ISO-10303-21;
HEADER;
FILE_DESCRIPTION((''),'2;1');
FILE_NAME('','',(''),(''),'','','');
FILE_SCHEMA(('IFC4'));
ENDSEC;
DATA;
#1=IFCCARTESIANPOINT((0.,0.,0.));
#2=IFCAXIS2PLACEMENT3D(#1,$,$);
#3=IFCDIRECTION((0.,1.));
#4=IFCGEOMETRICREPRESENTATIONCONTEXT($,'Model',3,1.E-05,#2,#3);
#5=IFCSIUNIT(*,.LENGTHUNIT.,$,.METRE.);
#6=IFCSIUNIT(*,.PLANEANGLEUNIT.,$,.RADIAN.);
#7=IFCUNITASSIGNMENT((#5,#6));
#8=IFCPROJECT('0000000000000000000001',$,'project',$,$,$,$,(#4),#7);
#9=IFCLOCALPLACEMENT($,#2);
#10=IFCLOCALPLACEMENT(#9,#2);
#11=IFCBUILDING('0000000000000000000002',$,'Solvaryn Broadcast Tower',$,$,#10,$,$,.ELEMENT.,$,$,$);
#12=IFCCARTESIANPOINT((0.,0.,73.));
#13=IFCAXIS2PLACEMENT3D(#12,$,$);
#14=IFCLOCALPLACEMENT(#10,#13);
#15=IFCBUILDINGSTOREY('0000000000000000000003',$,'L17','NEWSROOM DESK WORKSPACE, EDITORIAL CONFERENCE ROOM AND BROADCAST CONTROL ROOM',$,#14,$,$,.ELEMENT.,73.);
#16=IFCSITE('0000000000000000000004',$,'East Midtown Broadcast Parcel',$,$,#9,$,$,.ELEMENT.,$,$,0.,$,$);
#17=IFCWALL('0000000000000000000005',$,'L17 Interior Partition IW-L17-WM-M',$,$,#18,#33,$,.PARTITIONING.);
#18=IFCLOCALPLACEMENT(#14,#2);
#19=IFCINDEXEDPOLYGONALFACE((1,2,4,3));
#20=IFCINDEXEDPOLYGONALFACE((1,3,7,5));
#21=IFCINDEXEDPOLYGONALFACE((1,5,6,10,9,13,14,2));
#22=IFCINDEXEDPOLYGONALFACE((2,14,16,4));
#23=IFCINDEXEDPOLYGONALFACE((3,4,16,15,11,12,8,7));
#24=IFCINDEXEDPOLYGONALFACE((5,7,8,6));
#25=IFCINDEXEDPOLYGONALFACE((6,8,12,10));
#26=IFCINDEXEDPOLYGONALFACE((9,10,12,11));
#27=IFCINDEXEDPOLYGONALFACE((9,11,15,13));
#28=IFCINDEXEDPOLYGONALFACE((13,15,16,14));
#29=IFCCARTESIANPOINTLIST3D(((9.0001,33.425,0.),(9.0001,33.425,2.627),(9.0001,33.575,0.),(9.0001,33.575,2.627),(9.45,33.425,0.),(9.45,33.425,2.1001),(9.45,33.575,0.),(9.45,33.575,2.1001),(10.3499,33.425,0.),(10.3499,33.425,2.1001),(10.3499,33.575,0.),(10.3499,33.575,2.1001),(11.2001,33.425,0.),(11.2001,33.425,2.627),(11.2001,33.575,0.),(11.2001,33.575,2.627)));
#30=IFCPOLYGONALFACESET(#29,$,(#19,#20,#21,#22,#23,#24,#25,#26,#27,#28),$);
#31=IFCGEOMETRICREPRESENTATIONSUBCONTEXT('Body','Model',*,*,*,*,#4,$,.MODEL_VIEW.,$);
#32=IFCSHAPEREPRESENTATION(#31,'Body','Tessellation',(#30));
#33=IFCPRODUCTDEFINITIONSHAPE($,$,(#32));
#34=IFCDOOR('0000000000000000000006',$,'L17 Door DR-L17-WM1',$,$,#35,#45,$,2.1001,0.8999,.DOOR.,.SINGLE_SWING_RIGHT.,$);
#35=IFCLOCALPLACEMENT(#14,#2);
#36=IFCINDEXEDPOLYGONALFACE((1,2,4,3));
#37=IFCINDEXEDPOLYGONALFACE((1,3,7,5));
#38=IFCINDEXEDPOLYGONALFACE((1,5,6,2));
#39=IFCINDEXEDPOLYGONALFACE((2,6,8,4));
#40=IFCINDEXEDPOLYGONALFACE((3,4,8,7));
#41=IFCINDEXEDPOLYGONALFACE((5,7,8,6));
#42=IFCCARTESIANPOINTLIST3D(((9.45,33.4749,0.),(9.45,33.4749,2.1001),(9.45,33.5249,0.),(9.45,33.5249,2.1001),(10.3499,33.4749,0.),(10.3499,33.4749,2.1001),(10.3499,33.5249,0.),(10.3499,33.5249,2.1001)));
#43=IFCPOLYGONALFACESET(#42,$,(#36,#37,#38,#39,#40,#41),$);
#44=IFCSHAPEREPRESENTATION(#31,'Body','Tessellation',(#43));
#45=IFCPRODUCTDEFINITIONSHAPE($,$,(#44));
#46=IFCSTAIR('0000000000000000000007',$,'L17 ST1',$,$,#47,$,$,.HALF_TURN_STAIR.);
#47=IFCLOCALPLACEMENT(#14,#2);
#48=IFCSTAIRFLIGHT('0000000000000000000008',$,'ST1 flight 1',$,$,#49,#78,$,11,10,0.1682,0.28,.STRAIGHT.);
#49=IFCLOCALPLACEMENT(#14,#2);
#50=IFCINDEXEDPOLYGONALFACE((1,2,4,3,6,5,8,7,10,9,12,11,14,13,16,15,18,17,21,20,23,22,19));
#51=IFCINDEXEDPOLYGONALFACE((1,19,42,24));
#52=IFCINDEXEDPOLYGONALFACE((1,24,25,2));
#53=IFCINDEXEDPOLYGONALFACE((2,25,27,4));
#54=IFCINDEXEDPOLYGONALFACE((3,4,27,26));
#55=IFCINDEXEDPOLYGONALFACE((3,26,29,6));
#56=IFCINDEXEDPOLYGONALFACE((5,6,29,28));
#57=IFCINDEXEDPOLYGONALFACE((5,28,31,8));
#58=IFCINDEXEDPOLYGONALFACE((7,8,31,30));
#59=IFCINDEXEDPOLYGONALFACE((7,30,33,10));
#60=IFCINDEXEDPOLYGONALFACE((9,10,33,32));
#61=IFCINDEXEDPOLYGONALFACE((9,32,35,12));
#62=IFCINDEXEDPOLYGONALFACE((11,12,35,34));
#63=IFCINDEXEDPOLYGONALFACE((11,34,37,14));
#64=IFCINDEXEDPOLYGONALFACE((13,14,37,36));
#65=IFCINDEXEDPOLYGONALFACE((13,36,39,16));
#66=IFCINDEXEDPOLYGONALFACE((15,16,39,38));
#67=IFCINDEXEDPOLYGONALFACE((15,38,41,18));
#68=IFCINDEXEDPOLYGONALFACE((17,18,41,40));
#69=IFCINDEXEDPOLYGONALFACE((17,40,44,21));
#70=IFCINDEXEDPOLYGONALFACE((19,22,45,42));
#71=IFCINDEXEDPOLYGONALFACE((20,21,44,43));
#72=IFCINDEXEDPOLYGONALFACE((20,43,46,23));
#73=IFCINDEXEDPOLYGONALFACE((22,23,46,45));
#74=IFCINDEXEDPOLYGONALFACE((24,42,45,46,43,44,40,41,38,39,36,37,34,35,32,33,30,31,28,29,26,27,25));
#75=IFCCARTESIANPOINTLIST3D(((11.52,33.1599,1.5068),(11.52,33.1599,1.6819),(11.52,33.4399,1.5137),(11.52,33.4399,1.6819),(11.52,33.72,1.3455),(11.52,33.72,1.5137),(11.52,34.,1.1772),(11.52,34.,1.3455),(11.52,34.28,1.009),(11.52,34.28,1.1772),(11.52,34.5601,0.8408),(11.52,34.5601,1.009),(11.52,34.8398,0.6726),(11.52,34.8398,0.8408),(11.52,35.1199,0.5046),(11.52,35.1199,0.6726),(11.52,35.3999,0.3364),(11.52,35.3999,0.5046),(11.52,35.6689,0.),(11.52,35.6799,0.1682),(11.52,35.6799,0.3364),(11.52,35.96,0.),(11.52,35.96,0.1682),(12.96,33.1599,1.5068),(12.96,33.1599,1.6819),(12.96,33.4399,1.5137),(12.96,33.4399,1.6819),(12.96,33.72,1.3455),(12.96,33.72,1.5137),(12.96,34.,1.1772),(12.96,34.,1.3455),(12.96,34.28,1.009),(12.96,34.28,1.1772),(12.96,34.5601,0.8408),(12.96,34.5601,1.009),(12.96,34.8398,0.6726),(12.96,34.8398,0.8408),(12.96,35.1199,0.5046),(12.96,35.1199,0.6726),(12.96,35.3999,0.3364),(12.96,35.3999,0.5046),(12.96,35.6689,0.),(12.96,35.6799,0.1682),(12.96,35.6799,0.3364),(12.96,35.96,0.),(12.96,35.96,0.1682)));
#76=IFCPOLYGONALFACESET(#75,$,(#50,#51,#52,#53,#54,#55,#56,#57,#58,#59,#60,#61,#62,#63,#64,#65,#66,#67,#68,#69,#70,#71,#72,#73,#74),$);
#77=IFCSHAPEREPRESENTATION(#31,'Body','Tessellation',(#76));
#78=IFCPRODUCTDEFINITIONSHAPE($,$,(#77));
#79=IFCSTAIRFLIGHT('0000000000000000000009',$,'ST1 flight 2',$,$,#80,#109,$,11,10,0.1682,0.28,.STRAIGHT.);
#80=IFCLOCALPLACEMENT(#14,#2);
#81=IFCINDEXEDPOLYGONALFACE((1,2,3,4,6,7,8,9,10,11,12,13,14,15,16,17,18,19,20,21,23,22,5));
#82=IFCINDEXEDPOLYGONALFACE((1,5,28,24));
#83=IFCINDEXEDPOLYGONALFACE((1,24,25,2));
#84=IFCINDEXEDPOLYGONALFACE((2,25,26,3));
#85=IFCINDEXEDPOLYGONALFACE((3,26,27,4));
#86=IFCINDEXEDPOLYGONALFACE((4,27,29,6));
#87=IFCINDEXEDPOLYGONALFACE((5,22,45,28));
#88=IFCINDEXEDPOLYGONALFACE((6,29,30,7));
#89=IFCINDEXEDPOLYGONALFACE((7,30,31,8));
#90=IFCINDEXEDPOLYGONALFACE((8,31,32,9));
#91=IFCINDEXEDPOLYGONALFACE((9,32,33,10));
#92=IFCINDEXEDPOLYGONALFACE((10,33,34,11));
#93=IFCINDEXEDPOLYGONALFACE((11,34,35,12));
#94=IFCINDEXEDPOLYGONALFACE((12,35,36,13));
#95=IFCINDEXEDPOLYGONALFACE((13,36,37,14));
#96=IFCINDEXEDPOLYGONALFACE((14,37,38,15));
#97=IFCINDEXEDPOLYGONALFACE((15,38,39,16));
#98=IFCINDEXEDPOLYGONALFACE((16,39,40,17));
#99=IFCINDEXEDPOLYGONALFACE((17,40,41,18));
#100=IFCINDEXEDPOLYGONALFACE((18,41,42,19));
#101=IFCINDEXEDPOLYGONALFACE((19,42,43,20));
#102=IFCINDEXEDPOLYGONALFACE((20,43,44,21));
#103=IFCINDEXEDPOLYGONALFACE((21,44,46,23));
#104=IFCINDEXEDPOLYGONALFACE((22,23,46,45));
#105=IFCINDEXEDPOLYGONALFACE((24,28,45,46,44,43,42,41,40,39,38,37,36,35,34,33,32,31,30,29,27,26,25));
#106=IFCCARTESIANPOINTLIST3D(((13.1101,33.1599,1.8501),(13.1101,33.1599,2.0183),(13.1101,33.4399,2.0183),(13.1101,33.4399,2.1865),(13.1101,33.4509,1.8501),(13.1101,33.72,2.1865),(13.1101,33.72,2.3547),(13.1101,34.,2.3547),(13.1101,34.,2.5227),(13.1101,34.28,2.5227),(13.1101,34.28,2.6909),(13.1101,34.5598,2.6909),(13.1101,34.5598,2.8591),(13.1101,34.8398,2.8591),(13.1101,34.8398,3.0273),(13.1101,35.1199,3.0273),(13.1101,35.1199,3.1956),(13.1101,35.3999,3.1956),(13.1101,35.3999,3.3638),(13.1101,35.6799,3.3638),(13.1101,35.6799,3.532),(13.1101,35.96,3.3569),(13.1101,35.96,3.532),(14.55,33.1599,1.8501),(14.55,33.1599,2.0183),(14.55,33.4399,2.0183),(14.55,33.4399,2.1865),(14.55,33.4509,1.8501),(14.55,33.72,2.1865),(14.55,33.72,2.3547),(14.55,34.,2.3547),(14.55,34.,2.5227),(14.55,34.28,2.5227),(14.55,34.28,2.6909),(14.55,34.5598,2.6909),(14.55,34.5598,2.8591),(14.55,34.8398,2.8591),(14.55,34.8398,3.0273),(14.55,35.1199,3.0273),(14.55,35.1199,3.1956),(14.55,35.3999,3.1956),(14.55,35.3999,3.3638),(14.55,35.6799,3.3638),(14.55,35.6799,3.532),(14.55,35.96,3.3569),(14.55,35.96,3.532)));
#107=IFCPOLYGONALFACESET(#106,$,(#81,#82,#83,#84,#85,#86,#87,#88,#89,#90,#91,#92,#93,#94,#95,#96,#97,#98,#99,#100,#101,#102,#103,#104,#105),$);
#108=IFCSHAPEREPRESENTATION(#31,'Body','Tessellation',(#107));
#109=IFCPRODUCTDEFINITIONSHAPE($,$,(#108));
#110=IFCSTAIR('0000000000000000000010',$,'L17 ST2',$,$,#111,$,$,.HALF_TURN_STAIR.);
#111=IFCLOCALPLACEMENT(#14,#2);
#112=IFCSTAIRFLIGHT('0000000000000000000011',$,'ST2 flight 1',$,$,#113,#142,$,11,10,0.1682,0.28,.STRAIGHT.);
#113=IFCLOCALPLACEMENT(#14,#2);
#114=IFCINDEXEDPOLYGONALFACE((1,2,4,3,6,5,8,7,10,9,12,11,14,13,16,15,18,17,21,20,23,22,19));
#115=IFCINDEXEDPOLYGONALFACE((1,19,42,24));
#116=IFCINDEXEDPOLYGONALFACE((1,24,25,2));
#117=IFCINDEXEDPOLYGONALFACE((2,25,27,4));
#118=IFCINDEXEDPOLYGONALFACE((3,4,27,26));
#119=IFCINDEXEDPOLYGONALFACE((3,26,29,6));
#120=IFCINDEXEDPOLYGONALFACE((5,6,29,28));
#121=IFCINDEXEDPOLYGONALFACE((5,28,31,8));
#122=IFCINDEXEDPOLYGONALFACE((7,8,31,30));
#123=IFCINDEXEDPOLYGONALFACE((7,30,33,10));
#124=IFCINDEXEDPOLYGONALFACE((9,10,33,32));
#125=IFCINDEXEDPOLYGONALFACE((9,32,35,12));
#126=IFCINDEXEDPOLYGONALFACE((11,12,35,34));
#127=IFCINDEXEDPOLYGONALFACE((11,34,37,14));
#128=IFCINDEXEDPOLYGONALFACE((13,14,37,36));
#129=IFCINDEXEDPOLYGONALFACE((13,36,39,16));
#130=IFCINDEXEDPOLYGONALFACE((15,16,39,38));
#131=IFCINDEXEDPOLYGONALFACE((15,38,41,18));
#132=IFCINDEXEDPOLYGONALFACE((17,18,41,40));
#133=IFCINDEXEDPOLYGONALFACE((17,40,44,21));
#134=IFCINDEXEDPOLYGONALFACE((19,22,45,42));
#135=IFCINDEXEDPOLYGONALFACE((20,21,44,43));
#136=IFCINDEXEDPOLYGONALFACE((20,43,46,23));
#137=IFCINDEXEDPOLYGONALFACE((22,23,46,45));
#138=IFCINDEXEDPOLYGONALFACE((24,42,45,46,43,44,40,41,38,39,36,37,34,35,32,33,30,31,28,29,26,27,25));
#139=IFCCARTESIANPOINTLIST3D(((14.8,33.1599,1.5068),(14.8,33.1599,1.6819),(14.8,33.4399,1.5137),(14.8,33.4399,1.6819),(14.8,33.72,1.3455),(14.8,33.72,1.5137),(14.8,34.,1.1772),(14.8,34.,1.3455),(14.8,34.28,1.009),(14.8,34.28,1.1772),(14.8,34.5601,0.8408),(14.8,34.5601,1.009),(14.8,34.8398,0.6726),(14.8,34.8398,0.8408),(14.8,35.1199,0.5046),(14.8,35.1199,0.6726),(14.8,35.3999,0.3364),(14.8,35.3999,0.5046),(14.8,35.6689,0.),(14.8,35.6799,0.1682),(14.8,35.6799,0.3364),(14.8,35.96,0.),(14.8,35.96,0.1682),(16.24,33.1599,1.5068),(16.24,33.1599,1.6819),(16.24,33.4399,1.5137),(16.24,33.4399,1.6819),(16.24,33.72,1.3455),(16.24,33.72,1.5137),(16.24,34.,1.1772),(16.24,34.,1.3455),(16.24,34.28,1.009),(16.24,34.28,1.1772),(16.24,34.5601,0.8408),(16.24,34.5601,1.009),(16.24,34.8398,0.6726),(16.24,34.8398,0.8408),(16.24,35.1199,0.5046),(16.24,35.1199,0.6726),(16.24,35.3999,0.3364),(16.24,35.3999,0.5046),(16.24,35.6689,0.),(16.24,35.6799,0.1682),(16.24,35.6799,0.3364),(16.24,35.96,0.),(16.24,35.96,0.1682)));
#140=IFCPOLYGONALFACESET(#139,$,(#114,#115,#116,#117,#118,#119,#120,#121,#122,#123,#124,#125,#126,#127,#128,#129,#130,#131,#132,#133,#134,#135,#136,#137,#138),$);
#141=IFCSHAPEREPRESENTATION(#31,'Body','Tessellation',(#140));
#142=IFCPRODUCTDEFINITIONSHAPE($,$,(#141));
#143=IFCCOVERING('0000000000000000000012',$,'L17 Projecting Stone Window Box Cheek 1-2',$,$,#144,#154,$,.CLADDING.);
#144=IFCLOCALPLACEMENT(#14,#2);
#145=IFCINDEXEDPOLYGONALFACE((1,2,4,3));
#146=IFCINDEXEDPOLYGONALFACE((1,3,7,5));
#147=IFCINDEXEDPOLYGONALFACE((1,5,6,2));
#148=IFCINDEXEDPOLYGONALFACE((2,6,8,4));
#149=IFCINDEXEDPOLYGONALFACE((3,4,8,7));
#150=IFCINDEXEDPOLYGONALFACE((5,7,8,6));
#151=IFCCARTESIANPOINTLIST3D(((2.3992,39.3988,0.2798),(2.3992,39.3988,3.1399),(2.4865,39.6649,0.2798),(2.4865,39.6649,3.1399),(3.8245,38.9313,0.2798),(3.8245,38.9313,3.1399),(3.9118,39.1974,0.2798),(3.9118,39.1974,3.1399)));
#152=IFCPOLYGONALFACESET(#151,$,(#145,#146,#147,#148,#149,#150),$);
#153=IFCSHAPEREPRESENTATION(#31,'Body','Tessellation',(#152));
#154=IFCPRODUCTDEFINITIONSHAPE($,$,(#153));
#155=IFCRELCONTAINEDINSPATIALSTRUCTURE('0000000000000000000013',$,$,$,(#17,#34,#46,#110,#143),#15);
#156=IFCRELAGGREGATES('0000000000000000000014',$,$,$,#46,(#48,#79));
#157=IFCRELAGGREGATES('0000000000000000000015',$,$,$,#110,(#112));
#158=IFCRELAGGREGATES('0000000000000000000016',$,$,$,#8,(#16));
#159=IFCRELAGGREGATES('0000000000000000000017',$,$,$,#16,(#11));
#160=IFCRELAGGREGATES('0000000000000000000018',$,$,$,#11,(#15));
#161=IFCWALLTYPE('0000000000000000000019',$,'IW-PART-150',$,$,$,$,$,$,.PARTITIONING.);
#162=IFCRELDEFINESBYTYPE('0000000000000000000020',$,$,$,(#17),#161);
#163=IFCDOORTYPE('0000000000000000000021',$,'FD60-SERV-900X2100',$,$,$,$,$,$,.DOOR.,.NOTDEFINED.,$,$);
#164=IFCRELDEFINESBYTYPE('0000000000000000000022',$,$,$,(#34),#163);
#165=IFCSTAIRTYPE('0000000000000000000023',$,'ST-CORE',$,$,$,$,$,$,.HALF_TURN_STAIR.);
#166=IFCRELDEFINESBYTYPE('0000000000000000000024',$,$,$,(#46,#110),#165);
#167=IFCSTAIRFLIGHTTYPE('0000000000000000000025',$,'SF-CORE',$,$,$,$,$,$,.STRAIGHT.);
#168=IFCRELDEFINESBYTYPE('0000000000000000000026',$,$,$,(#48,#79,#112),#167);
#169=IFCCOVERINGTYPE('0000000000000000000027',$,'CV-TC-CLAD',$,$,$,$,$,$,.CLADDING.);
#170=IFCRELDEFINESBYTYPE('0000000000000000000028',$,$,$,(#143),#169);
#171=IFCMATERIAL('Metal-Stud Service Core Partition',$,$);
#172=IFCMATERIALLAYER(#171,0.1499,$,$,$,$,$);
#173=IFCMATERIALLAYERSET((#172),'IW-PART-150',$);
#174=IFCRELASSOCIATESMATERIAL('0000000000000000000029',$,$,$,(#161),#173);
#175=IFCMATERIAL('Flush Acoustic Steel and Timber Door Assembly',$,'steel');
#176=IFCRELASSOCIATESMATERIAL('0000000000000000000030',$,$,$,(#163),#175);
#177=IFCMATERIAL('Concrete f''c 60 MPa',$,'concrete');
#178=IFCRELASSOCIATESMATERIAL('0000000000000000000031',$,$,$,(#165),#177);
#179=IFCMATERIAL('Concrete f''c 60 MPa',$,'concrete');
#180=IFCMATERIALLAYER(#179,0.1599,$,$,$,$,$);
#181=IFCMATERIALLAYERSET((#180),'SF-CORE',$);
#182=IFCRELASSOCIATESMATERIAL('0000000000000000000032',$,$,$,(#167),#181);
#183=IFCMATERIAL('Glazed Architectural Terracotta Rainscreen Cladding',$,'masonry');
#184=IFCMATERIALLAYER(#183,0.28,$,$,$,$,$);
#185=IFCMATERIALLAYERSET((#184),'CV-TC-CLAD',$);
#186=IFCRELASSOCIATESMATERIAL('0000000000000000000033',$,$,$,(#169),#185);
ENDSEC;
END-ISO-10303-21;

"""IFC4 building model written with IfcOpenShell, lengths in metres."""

from ifc_helpers import new_model, si_unit, direction, frame, frame_2d, origin, origin_2d, place, context, subcontext, project, spatial, polyline, rectangle, outline, extrude, material, layer, layer_set, type_object, element, fill, aggregate, save


model = new_model("IFC4")

# Units and contexts
model_context = context("Model", 3, precision=1e-05, world=origin(), true_north=direction((0.0, 1.0)))
body_context = subcontext(model_context, "Body", "Model", "MODEL_VIEW")
ifc_project = project(units=[si_unit("LENGTHUNIT", "METRE"), si_unit("PLANEANGLEUNIT", "RADIAN")], contexts=[model_context])

# Site, building, storey
site_placement = place(None, origin())
site = spatial("IfcSite", under=ifc_project, at=site_placement, Name="East Midtown Broadcast Parcel", CompositionType="ELEMENT", RefElevation=0.0)
building_placement = place(site_placement, origin())
building = spatial("IfcBuilding", under=site, at=building_placement, Name="Solvaryn Broadcast Tower", CompositionType="ELEMENT")
storey_placement = place(building_placement, frame((0.0, 0.0, 73.0)))
storey = spatial("IfcBuildingStorey", under=building, at=storey_placement, Name="L17", Description="NEWSROOM DESK WORKSPACE, EDITORIAL CONFERENCE ROOM AND BROADCAST CONTROL ROOM", CompositionType="ELEMENT", Elevation=73.0)

# Wall, opening, door
ifc_material_1 = material(Name="Metal-Stud Service Core Partition")
ifc_layer_1 = layer(ifc_material_1, 0.1499)
ifc_layer_set_1 = layer_set([ifc_layer_1], Name="IW-PART-150")
wall_type = type_object("IfcWallType", Name="IW-PART-150", PredefinedType="PARTITIONING", material=ifc_layer_set_1)
wall_placement = place(storey_placement, frame((9.0, 33.5, 0.0), z_axis=(0.0, 0.0, 1.0), x_axis=(1.0, 0.0, 0.0)))
wall = element("IfcWall", 1, at=wall_placement, inside=storey, type_object=wall_type, Name="L17 Interior Partition IW-L17-WM-M", PredefinedType="PARTITIONING", context=body_context, shape_type="SweptSolid", body=[
    extrude(rectangle(XDim=2.2, YDim=0.1499, at=frame_2d((1.1001, 0.0))), origin(), (0.0, 0.0, 1.0), 2.627),
])
opening_placement = place(wall_placement, frame((0.45, 0.0, 0.0)))
opening = element("IfcOpeningElement", 2, at=opening_placement, cuts=wall, PredefinedType="OPENING", context=body_context, shape_type="SweptSolid", body=[
    extrude(rectangle(XDim=0.8999, YDim=2.1001, at=frame_2d((0.45, 1.05))), frame((0.0, 0.085, 0.0), z_axis=(0.0, -1.0, 0.0), x_axis=(1.0, 0.0, 0.0)), (0.0, 0.0, 1.0), 0.1699),
])
ifc_material_2 = material(Name="Flush Acoustic Steel and Timber Door Assembly", Category="steel")
door_type = type_object("IfcDoorType", Name="FD60-SERV-900X2100", OperationType="NOTDEFINED", PredefinedType="DOOR", material=ifc_material_2)
door_placement = place(opening_placement, origin())
door = element("IfcDoor", 3, at=door_placement, inside=storey, type_object=door_type, Name="L17 Door DR-L17-WM1", OperationType="SINGLE_SWING_RIGHT", OverallHeight=2.1001, OverallWidth=0.8999, PredefinedType="DOOR", context=body_context, shape_type="SweptSolid", body=[
    extrude(rectangle(XDim=0.8999, YDim=2.1001, at=frame_2d((0.45, 1.05))), frame((0.0, 0.0249, 0.0), z_axis=(0.0, -1.0, 0.0), x_axis=(1.0, 0.0, 0.0)), (0.0, 0.0, 1.0), 0.05),
])
fill(opening, door)

# Stair, stair flights
ifc_material_3 = material(Name="Concrete f'c 60 MPa", Category="concrete")
stair_type = type_object("IfcStairType", Name="ST-CORE", PredefinedType="HALF_TURN_STAIR", material=ifc_material_3)
stair_1_placement = place(storey_placement, origin())
stair_1 = element("IfcStair", 4, at=stair_1_placement, inside=storey, type_object=stair_type, Name="L17 ST1", PredefinedType="HALF_TURN_STAIR")
ifc_material_4 = material(Name="Concrete f'c 60 MPa", Category="concrete")
ifc_layer_2 = layer(ifc_material_4, 0.1599)
ifc_layer_set_2 = layer_set([ifc_layer_2], Name="SF-CORE")
stair_flight_type = type_object("IfcStairFlightType", Name="SF-CORE", PredefinedType="STRAIGHT", material=ifc_layer_set_2)
stair_flight_1_placement = place(storey_placement, frame((12.24, 35.96, 0.0), z_axis=(0.0, 0.0, 1.0), x_axis=(0.0, -1.0, 0.0)))
stair_flight_1 = element("IfcStairFlight", 5, at=stair_flight_1_placement, type_object=stair_flight_type, Name="ST1 flight 1", NumberOfRisers=11, NumberOfTreads=10, PredefinedType="STRAIGHT", RiserHeight=0.1682, TreadLength=0.28, context=body_context, shape_type="SweptSolid", body=[
    extrude(outline(polyline([(0.0, 0.0), (0.0, 0.1682), (0.28, 0.1682), (0.28, 0.3364), (0.5601, 0.3364), (0.5601, 0.5046), (0.8401, 0.5046), (0.8401, 0.6726), (1.1201, 0.6726), (1.1201, 0.8408), (1.3999, 0.8408), (1.3999, 1.009), (1.6799, 1.009), (1.6799, 1.1772), (1.96, 1.1772), (1.96, 1.3455), (2.24, 1.3455), (2.24, 1.5137), (2.52, 1.5137), (2.52, 1.6819), (2.8, 1.6819), (2.8, 1.8501), (2.8, 1.5068), (0.291, 0.0), (0.0, 0.0)])), frame((0.0, 0.72, 0.0), z_axis=(0.0, -1.0, 0.0), x_axis=(1.0, 0.0, 0.0)), (0.0, 0.0, 1.0), 1.4399),
])
stair_flight_2_placement = place(storey_placement, frame((13.8301, 33.1599, 1.8501), z_axis=(0.0, 0.0, 1.0), x_axis=(0.0, 1.0, 0.0)))
stair_flight_2 = element("IfcStairFlight", 6, at=stair_flight_2_placement, type_object=stair_flight_type, Name="ST1 flight 2", NumberOfRisers=11, NumberOfTreads=10, PredefinedType="STRAIGHT", RiserHeight=0.1682, TreadLength=0.28, context=body_context, shape_type="SweptSolid", body=[
    extrude(outline(polyline([(0.0, 0.0), (0.0, 0.1682), (0.28, 0.1682), (0.28, 0.3364), (0.5601, 0.3364), (0.5601, 0.5046), (0.8401, 0.5046), (0.8401, 0.6726), (1.1201, 0.6726), (1.1201, 0.8408), (1.3999, 0.8408), (1.3999, 1.009), (1.6799, 1.009), (1.6799, 1.1772), (1.96, 1.1772), (1.96, 1.3455), (2.24, 1.3455), (2.24, 1.5137), (2.52, 1.5137), (2.52, 1.6819), (2.8, 1.6819), (2.8, 1.8501), (2.8, 1.5068), (0.291, 0.0), (0.0, 0.0)])), frame((0.0, 0.72, 0.0), z_axis=(0.0, -1.0, 0.0), x_axis=(1.0, 0.0, 0.0)), (0.0, 0.0, 1.0), 1.4399),
])
aggregate(stair_1, [stair_flight_1, stair_flight_2])

# Stair, stair flight
stair_2_placement = place(storey_placement, origin())
stair_2 = element("IfcStair", 7, at=stair_2_placement, inside=storey, type_object=stair_type, Name="L17 ST2", PredefinedType="HALF_TURN_STAIR")
stair_flight_3_placement = place(storey_placement, frame((15.52, 35.96, 0.0), z_axis=(0.0, 0.0, 1.0), x_axis=(0.0, -1.0, 0.0)))
stair_flight_3 = element("IfcStairFlight", 8, at=stair_flight_3_placement, type_object=stair_flight_type, Name="ST2 flight 1", NumberOfRisers=11, NumberOfTreads=10, PredefinedType="STRAIGHT", RiserHeight=0.1682, TreadLength=0.28, context=body_context, shape_type="SweptSolid", body=[
    extrude(outline(polyline([(0.0, 0.0), (0.0, 0.1682), (0.28, 0.1682), (0.28, 0.3364), (0.5601, 0.3364), (0.5601, 0.5046), (0.8401, 0.5046), (0.8401, 0.6726), (1.1201, 0.6726), (1.1201, 0.8408), (1.3999, 0.8408), (1.3999, 1.009), (1.6799, 1.009), (1.6799, 1.1772), (1.96, 1.1772), (1.96, 1.3455), (2.24, 1.3455), (2.24, 1.5137), (2.52, 1.5137), (2.52, 1.6819), (2.8, 1.6819), (2.8, 1.8501), (2.8, 1.5068), (0.291, 0.0), (0.0, 0.0)])), frame((0.0, 0.72, 0.0), z_axis=(0.0, -1.0, 0.0), x_axis=(1.0, 0.0, 0.0)), (0.0, 0.0, 1.0), 1.4399),
])
aggregate(stair_2, [stair_flight_3])

# Covering
ifc_material_5 = material(Name="Glazed Architectural Terracotta Rainscreen Cladding", Category="masonry")
ifc_layer_3 = layer(ifc_material_5, 0.28)
ifc_layer_set_3 = layer_set([ifc_layer_3], Name="CV-TC-CLAD")
covering_type = type_object("IfcCoveringType", Name="CV-TC-CLAD", PredefinedType="CLADDING", material=ifc_layer_set_3)
covering_placement = place(storey_placement, frame((3.1555, 39.2981, 0.2798), z_axis=(0.0, 0.0, 1.0), x_axis=(-0.311672, -0.95019, 0.0)))
element("IfcCovering", 9, at=covering_placement, inside=storey, type_object=covering_type, Name="L17 Projecting Stone Window Box Cheek 1-2", PredefinedType="CLADDING", context=body_context, shape_type="SweptSolid", body=[
    extrude(rectangle(XDim=0.28, YDim=1.5, at=origin_2d()), origin(), (0.0, 0.0, 1.0), 2.8601),
])

save(model, "model.ifc")
